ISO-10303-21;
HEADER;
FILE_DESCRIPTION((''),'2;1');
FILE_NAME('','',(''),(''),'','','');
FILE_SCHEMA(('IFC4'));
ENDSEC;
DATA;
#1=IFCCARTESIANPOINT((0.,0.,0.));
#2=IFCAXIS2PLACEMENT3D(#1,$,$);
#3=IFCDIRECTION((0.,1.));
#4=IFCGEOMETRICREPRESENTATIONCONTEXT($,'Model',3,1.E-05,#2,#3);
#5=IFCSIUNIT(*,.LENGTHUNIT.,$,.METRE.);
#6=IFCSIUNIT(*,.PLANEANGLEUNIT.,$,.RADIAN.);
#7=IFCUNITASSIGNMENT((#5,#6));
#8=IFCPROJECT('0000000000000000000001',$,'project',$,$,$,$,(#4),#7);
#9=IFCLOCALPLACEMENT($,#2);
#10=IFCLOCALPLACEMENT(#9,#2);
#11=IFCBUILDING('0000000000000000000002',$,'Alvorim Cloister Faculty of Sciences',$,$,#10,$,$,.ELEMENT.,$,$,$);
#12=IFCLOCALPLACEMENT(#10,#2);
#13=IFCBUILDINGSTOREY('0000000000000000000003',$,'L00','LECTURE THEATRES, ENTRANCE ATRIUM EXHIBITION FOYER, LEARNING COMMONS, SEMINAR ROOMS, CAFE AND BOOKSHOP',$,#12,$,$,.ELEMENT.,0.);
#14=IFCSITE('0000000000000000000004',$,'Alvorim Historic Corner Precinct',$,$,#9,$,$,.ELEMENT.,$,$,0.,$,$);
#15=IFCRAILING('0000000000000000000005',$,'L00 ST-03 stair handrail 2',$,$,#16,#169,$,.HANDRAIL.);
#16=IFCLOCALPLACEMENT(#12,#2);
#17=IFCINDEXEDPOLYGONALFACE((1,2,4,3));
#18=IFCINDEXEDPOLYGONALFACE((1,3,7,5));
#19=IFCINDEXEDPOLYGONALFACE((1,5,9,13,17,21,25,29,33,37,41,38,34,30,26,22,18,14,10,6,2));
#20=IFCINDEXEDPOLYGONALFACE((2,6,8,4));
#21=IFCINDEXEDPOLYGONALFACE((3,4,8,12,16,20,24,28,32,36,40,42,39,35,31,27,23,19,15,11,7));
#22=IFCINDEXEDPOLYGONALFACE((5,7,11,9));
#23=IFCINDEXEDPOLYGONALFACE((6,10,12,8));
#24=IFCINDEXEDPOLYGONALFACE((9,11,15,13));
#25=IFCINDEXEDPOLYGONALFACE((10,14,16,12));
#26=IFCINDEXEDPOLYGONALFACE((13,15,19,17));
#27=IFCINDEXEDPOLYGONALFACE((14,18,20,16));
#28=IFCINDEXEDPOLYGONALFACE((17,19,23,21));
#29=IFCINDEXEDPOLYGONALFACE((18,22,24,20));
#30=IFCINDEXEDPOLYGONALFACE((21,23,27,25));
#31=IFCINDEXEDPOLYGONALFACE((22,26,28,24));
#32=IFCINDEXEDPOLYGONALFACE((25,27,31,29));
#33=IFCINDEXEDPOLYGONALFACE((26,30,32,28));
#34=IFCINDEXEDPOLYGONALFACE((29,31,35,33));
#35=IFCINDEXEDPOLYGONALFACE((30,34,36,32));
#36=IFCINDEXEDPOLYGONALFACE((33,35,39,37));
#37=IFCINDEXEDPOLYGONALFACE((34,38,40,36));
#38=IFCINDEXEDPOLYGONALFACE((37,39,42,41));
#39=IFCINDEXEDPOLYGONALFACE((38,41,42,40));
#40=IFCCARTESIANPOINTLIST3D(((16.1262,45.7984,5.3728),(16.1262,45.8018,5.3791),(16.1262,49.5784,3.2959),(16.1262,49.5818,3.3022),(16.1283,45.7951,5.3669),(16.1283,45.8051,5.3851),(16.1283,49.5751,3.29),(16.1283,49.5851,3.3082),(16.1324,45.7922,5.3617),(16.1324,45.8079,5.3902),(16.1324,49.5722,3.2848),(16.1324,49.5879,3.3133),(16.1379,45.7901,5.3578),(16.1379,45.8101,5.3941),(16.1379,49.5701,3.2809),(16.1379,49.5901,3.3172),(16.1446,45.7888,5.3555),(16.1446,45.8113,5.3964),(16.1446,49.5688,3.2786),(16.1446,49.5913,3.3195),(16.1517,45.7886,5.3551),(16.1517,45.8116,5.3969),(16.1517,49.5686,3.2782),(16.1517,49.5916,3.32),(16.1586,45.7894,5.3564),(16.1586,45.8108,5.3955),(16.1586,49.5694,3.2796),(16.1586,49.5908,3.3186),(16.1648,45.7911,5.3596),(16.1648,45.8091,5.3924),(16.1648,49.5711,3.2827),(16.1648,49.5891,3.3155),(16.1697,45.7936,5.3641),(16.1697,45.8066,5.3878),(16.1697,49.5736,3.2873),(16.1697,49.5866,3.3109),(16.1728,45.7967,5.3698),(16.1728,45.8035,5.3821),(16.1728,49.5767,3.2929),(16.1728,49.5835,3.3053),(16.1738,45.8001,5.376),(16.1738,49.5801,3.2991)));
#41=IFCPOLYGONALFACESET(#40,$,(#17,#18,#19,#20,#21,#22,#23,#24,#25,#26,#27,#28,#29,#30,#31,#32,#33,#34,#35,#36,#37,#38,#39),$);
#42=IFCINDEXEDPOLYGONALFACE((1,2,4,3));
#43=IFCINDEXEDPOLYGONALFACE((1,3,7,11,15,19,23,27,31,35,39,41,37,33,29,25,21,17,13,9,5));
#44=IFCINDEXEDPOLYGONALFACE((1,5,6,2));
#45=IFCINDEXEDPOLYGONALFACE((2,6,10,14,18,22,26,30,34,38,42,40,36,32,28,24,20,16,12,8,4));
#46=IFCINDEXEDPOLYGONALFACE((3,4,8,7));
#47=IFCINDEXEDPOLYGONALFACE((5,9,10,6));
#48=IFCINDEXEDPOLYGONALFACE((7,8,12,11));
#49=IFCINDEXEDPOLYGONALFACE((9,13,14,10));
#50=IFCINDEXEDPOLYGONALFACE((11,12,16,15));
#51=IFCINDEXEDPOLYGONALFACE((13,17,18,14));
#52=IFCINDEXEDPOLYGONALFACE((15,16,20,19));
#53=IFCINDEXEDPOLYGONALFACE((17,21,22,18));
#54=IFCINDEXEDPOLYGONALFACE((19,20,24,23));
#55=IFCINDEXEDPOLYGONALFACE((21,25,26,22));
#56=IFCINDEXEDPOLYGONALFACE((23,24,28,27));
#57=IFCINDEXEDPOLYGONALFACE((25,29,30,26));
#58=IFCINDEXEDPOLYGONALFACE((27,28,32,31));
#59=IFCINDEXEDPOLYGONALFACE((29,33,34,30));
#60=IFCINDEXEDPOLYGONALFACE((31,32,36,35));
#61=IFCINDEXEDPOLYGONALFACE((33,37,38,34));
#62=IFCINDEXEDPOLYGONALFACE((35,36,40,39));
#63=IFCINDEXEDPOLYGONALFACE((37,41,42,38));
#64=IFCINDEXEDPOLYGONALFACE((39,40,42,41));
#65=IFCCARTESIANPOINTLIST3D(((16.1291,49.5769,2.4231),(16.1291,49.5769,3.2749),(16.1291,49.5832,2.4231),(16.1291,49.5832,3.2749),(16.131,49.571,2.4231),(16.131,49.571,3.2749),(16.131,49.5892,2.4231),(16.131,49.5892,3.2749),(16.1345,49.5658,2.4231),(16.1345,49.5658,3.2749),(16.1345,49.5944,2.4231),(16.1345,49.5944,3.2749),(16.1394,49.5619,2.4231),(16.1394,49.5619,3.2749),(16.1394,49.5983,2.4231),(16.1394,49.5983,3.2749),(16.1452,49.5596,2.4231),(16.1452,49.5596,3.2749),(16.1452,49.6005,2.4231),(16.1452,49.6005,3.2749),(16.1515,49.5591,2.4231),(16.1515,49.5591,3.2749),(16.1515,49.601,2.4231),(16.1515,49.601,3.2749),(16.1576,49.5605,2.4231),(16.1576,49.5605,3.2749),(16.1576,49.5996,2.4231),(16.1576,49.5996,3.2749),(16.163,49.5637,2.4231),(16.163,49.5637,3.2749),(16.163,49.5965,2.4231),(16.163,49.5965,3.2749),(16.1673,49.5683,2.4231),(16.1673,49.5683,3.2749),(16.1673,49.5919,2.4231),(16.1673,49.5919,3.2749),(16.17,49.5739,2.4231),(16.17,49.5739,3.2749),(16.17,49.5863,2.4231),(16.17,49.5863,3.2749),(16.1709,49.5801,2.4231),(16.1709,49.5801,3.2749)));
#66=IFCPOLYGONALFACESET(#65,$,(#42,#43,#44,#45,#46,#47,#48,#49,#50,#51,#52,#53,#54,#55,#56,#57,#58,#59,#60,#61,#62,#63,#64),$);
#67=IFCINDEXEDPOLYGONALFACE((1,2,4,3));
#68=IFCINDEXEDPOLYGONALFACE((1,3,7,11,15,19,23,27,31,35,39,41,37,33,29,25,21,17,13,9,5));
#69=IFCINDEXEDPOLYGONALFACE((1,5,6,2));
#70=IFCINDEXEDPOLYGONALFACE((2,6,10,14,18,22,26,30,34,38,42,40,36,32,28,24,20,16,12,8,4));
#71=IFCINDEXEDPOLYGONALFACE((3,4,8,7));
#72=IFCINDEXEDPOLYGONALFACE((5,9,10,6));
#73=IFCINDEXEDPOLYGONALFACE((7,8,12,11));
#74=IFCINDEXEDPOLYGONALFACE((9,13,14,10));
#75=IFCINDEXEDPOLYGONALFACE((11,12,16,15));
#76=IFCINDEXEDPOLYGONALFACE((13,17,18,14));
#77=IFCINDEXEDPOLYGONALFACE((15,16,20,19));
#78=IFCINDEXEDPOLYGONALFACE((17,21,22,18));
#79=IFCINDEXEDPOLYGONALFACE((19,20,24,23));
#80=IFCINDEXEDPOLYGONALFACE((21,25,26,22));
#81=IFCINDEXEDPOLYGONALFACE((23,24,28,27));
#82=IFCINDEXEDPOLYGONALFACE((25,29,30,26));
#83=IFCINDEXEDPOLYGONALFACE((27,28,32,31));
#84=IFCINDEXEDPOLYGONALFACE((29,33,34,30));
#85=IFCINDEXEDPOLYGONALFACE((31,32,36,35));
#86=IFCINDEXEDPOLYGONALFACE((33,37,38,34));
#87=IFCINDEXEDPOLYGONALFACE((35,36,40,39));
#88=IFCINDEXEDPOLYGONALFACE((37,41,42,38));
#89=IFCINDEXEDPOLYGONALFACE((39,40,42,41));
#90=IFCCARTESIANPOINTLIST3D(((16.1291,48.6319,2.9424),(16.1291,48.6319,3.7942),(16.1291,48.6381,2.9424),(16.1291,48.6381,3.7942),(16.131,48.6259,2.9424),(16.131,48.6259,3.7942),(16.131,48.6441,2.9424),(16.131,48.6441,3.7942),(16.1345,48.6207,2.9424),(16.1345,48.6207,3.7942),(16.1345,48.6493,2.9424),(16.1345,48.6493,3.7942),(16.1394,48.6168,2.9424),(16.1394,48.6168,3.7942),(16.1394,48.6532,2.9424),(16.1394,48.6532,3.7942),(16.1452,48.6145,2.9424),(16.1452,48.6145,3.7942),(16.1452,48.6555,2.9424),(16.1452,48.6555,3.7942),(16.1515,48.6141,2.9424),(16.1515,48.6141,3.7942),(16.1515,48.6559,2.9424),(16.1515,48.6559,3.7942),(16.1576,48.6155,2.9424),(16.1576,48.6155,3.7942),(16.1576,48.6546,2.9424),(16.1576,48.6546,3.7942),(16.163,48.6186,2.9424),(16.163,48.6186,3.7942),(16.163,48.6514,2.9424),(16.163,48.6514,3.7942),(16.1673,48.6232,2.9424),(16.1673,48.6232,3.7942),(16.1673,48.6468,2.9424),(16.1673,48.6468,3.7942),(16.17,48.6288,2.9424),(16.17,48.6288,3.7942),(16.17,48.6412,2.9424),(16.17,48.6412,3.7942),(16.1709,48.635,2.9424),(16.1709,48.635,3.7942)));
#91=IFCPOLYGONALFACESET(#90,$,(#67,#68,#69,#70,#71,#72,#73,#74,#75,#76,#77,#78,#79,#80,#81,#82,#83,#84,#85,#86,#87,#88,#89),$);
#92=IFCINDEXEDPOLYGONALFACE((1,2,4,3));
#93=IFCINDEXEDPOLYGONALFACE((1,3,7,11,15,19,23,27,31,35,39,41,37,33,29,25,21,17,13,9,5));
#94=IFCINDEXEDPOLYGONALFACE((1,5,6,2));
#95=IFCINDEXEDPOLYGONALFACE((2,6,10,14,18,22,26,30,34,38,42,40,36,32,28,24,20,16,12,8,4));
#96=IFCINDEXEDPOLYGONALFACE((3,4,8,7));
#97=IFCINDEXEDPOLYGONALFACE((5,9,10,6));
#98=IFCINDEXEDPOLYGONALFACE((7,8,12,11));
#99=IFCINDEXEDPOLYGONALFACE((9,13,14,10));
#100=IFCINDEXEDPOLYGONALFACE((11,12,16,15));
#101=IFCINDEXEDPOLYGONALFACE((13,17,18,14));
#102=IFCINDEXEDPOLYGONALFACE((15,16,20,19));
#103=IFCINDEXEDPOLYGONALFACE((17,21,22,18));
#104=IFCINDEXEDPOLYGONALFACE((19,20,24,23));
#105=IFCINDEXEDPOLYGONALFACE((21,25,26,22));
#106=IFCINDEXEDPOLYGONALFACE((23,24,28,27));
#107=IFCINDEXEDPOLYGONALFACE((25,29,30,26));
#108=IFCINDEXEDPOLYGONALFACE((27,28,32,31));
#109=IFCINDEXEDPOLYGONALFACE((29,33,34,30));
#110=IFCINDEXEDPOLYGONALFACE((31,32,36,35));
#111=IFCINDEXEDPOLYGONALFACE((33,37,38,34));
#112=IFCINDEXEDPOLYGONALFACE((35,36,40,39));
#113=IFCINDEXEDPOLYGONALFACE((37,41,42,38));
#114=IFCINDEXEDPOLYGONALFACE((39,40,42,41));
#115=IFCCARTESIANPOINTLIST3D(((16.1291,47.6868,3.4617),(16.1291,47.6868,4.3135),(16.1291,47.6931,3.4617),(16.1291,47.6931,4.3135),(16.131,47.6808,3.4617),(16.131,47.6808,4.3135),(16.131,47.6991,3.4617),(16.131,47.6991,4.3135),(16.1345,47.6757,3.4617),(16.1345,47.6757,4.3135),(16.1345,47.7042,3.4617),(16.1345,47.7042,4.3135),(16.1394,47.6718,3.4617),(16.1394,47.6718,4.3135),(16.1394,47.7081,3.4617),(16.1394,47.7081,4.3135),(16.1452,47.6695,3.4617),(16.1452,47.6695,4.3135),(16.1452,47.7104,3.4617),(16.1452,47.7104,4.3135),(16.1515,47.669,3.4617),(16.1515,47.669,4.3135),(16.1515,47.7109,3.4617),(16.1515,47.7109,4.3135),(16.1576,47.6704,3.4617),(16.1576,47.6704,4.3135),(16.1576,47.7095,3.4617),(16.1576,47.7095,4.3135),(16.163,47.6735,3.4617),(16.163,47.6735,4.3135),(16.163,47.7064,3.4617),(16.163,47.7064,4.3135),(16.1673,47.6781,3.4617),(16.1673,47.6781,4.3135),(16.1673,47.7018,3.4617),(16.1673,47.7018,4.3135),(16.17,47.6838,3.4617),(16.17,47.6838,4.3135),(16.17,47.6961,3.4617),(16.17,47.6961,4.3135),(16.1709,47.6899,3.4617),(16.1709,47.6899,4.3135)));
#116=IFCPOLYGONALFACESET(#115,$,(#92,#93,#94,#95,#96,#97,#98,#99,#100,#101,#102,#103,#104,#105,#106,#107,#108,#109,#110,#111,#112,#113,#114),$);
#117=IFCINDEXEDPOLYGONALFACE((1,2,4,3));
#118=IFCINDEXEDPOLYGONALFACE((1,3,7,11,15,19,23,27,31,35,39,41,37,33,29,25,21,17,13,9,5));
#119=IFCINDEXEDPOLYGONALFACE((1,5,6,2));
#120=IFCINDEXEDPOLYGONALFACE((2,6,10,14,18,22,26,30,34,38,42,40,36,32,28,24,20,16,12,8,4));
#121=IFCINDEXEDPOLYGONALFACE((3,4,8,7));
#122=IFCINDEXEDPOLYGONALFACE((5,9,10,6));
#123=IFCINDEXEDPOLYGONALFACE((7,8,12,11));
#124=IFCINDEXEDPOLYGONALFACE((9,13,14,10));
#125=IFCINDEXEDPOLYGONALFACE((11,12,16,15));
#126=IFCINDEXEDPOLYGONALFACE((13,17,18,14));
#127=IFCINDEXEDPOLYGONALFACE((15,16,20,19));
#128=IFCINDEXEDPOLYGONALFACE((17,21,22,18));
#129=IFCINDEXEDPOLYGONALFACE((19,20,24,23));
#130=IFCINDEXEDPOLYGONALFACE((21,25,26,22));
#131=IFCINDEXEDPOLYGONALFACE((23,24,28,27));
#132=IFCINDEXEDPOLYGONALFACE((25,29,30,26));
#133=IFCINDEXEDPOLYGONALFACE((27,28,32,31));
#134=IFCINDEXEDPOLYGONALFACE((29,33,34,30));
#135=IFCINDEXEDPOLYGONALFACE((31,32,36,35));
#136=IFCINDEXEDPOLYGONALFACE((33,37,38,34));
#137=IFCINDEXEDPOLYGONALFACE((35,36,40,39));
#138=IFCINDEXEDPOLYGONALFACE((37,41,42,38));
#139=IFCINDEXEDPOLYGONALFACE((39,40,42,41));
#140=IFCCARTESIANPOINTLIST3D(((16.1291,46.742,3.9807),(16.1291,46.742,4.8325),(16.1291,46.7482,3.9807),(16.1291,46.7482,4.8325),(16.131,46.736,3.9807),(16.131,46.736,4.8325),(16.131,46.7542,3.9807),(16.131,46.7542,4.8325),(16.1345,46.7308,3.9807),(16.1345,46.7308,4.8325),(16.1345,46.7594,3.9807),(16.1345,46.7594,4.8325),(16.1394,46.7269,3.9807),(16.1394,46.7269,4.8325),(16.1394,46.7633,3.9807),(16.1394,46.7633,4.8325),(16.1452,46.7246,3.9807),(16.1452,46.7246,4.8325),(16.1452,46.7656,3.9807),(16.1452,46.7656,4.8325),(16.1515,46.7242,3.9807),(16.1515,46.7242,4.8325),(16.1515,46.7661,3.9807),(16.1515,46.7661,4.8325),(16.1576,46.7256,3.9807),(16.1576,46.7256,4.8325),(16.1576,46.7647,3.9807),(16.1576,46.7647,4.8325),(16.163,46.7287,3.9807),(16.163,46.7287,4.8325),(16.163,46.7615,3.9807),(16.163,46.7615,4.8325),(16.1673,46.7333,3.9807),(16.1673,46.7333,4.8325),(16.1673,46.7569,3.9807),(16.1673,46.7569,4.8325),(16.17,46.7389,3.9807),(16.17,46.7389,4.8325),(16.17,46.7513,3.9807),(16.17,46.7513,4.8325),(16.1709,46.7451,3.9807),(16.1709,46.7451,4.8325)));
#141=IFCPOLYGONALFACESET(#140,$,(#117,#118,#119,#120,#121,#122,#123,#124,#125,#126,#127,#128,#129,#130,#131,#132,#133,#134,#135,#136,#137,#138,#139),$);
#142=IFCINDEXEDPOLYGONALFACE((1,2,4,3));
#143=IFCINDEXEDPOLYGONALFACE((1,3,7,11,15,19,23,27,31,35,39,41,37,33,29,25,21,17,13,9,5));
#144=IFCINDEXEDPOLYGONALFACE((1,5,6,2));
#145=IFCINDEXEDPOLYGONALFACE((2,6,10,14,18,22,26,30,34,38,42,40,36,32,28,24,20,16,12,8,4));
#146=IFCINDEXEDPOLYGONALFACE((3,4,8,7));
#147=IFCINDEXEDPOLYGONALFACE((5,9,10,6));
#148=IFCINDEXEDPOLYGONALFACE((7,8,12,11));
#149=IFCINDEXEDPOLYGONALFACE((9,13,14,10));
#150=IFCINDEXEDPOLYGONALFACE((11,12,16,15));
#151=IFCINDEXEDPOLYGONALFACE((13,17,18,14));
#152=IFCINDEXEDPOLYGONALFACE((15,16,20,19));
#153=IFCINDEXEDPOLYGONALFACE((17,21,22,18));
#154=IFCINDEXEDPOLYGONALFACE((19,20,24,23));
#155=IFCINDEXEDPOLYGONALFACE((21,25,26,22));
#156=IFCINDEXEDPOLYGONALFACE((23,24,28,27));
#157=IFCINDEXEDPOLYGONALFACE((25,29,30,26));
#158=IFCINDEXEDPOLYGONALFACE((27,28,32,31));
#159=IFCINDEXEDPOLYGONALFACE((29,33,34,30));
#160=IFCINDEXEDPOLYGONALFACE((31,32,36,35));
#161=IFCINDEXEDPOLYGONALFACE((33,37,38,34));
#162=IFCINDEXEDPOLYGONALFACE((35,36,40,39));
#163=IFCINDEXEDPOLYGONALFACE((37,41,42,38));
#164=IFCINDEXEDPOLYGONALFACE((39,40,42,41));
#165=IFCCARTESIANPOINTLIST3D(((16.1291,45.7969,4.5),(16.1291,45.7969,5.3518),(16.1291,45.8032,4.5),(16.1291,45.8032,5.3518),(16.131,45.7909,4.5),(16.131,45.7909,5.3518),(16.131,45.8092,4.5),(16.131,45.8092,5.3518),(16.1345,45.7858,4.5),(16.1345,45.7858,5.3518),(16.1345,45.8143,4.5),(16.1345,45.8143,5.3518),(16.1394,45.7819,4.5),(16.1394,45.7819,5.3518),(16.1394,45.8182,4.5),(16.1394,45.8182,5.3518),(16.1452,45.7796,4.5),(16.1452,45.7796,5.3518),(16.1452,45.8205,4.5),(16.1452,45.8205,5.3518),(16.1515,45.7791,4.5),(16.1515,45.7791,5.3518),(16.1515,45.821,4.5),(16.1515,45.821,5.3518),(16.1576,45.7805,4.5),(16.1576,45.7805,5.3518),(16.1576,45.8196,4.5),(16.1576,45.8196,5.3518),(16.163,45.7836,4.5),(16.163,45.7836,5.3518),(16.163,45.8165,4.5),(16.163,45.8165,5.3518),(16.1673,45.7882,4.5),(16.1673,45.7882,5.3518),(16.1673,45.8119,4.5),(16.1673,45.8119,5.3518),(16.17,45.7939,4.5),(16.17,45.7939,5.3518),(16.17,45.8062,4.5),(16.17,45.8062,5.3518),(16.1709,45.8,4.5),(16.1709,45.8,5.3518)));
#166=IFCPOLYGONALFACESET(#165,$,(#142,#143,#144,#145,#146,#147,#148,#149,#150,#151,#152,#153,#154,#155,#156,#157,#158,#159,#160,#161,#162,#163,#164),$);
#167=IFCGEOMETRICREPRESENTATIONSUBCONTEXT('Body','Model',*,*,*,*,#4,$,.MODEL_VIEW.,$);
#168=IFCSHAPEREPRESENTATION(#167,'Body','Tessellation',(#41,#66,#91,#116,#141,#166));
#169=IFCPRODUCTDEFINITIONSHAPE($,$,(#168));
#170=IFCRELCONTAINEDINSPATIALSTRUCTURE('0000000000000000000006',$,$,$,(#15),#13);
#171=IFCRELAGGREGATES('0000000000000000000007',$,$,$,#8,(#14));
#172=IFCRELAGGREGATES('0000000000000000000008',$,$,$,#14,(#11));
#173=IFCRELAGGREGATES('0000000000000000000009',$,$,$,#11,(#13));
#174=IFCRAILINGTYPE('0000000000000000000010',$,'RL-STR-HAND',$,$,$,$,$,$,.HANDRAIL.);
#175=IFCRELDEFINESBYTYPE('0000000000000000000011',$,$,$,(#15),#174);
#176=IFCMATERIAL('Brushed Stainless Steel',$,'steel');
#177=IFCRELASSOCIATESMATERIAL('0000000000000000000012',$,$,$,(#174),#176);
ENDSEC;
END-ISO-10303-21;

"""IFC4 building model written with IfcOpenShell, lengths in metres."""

from ifc_helpers import new_model, si_unit, direction, frame, origin, origin_2d, place, context, subcontext, project, spatial, circle, extrude, material, type_object, element, save


model = new_model("IFC4")

# Units and contexts
model_context = context("Model", 3, precision=1e-05, world=origin(), true_north=direction((0.0, 1.0)))
body_context = subcontext(model_context, "Body", "Model", "MODEL_VIEW")
ifc_project = project(units=[si_unit("LENGTHUNIT", "METRE"), si_unit("PLANEANGLEUNIT", "RADIAN")], contexts=[model_context])

# Site, building, storey
site_placement = place(None, origin())
site = spatial("IfcSite", under=ifc_project, at=site_placement, Name="Alvorim Historic Corner Precinct", CompositionType="ELEMENT", RefElevation=0.0)
building_placement = place(site_placement, origin())
building = spatial("IfcBuilding", under=site, at=building_placement, Name="Alvorim Cloister Faculty of Sciences", CompositionType="ELEMENT")
storey_placement = place(building_placement, origin())
storey = spatial("IfcBuildingStorey", under=building, at=storey_placement, Name="L00", Description="LECTURE THEATRES, ENTRANCE ATRIUM EXHIBITION FOYER, LEARNING COMMONS, SEMINAR ROOMS, CAFE AND BOOKSHOP", CompositionType="ELEMENT", Elevation=0.0)

# Shared definitions
ifc_material_1 = material(Name="Brushed Stainless Steel", Category="steel")

# Railing
railing_type = type_object("IfcRailingType", Name="RL-STR-HAND", PredefinedType="HANDRAIL", material=ifc_material_1)
railing_placement = place(storey_placement, frame((16.1499, 49.5801, 2.4231)))
element("IfcRailing", 1, at=railing_placement, inside=storey, type_object=railing_type, Name="L00 ST-03 stair handrail 2", PredefinedType="HANDRAIL", context=body_context, shape_type="SweptSolid", body=[
    extrude(circle(Radius=0.0239, at=origin_2d()), frame((0.0, 0.0, 0.876), z_axis=(0.0, -0.876423, 0.481543), x_axis=(1.0, 0.0, 0.0)), (0.0, 0.0, 1.0), 4.313),
    extrude(circle(Radius=0.021, at=origin_2d()), origin(), (0.0, 0.0, 1.0), 0.8518),
    extrude(circle(Radius=0.021, at=origin_2d()), frame((0.0, -0.9451, 0.5193)), (0.0, 0.0, 1.0), 0.8518),
    extrude(circle(Radius=0.021, at=origin_2d()), frame((0.0, -1.8901, 1.0386)), (0.0, 0.0, 1.0), 0.8518),
    extrude(circle(Radius=0.021, at=origin_2d()), frame((0.0, -2.835, 1.5576)), (0.0, 0.0, 1.0), 0.8518),
    extrude(circle(Radius=0.021, at=origin_2d()), frame((0.0, -3.78, 2.0769)), (0.0, 0.0, 1.0), 0.8518),
])

save(model, "model.ifc")
